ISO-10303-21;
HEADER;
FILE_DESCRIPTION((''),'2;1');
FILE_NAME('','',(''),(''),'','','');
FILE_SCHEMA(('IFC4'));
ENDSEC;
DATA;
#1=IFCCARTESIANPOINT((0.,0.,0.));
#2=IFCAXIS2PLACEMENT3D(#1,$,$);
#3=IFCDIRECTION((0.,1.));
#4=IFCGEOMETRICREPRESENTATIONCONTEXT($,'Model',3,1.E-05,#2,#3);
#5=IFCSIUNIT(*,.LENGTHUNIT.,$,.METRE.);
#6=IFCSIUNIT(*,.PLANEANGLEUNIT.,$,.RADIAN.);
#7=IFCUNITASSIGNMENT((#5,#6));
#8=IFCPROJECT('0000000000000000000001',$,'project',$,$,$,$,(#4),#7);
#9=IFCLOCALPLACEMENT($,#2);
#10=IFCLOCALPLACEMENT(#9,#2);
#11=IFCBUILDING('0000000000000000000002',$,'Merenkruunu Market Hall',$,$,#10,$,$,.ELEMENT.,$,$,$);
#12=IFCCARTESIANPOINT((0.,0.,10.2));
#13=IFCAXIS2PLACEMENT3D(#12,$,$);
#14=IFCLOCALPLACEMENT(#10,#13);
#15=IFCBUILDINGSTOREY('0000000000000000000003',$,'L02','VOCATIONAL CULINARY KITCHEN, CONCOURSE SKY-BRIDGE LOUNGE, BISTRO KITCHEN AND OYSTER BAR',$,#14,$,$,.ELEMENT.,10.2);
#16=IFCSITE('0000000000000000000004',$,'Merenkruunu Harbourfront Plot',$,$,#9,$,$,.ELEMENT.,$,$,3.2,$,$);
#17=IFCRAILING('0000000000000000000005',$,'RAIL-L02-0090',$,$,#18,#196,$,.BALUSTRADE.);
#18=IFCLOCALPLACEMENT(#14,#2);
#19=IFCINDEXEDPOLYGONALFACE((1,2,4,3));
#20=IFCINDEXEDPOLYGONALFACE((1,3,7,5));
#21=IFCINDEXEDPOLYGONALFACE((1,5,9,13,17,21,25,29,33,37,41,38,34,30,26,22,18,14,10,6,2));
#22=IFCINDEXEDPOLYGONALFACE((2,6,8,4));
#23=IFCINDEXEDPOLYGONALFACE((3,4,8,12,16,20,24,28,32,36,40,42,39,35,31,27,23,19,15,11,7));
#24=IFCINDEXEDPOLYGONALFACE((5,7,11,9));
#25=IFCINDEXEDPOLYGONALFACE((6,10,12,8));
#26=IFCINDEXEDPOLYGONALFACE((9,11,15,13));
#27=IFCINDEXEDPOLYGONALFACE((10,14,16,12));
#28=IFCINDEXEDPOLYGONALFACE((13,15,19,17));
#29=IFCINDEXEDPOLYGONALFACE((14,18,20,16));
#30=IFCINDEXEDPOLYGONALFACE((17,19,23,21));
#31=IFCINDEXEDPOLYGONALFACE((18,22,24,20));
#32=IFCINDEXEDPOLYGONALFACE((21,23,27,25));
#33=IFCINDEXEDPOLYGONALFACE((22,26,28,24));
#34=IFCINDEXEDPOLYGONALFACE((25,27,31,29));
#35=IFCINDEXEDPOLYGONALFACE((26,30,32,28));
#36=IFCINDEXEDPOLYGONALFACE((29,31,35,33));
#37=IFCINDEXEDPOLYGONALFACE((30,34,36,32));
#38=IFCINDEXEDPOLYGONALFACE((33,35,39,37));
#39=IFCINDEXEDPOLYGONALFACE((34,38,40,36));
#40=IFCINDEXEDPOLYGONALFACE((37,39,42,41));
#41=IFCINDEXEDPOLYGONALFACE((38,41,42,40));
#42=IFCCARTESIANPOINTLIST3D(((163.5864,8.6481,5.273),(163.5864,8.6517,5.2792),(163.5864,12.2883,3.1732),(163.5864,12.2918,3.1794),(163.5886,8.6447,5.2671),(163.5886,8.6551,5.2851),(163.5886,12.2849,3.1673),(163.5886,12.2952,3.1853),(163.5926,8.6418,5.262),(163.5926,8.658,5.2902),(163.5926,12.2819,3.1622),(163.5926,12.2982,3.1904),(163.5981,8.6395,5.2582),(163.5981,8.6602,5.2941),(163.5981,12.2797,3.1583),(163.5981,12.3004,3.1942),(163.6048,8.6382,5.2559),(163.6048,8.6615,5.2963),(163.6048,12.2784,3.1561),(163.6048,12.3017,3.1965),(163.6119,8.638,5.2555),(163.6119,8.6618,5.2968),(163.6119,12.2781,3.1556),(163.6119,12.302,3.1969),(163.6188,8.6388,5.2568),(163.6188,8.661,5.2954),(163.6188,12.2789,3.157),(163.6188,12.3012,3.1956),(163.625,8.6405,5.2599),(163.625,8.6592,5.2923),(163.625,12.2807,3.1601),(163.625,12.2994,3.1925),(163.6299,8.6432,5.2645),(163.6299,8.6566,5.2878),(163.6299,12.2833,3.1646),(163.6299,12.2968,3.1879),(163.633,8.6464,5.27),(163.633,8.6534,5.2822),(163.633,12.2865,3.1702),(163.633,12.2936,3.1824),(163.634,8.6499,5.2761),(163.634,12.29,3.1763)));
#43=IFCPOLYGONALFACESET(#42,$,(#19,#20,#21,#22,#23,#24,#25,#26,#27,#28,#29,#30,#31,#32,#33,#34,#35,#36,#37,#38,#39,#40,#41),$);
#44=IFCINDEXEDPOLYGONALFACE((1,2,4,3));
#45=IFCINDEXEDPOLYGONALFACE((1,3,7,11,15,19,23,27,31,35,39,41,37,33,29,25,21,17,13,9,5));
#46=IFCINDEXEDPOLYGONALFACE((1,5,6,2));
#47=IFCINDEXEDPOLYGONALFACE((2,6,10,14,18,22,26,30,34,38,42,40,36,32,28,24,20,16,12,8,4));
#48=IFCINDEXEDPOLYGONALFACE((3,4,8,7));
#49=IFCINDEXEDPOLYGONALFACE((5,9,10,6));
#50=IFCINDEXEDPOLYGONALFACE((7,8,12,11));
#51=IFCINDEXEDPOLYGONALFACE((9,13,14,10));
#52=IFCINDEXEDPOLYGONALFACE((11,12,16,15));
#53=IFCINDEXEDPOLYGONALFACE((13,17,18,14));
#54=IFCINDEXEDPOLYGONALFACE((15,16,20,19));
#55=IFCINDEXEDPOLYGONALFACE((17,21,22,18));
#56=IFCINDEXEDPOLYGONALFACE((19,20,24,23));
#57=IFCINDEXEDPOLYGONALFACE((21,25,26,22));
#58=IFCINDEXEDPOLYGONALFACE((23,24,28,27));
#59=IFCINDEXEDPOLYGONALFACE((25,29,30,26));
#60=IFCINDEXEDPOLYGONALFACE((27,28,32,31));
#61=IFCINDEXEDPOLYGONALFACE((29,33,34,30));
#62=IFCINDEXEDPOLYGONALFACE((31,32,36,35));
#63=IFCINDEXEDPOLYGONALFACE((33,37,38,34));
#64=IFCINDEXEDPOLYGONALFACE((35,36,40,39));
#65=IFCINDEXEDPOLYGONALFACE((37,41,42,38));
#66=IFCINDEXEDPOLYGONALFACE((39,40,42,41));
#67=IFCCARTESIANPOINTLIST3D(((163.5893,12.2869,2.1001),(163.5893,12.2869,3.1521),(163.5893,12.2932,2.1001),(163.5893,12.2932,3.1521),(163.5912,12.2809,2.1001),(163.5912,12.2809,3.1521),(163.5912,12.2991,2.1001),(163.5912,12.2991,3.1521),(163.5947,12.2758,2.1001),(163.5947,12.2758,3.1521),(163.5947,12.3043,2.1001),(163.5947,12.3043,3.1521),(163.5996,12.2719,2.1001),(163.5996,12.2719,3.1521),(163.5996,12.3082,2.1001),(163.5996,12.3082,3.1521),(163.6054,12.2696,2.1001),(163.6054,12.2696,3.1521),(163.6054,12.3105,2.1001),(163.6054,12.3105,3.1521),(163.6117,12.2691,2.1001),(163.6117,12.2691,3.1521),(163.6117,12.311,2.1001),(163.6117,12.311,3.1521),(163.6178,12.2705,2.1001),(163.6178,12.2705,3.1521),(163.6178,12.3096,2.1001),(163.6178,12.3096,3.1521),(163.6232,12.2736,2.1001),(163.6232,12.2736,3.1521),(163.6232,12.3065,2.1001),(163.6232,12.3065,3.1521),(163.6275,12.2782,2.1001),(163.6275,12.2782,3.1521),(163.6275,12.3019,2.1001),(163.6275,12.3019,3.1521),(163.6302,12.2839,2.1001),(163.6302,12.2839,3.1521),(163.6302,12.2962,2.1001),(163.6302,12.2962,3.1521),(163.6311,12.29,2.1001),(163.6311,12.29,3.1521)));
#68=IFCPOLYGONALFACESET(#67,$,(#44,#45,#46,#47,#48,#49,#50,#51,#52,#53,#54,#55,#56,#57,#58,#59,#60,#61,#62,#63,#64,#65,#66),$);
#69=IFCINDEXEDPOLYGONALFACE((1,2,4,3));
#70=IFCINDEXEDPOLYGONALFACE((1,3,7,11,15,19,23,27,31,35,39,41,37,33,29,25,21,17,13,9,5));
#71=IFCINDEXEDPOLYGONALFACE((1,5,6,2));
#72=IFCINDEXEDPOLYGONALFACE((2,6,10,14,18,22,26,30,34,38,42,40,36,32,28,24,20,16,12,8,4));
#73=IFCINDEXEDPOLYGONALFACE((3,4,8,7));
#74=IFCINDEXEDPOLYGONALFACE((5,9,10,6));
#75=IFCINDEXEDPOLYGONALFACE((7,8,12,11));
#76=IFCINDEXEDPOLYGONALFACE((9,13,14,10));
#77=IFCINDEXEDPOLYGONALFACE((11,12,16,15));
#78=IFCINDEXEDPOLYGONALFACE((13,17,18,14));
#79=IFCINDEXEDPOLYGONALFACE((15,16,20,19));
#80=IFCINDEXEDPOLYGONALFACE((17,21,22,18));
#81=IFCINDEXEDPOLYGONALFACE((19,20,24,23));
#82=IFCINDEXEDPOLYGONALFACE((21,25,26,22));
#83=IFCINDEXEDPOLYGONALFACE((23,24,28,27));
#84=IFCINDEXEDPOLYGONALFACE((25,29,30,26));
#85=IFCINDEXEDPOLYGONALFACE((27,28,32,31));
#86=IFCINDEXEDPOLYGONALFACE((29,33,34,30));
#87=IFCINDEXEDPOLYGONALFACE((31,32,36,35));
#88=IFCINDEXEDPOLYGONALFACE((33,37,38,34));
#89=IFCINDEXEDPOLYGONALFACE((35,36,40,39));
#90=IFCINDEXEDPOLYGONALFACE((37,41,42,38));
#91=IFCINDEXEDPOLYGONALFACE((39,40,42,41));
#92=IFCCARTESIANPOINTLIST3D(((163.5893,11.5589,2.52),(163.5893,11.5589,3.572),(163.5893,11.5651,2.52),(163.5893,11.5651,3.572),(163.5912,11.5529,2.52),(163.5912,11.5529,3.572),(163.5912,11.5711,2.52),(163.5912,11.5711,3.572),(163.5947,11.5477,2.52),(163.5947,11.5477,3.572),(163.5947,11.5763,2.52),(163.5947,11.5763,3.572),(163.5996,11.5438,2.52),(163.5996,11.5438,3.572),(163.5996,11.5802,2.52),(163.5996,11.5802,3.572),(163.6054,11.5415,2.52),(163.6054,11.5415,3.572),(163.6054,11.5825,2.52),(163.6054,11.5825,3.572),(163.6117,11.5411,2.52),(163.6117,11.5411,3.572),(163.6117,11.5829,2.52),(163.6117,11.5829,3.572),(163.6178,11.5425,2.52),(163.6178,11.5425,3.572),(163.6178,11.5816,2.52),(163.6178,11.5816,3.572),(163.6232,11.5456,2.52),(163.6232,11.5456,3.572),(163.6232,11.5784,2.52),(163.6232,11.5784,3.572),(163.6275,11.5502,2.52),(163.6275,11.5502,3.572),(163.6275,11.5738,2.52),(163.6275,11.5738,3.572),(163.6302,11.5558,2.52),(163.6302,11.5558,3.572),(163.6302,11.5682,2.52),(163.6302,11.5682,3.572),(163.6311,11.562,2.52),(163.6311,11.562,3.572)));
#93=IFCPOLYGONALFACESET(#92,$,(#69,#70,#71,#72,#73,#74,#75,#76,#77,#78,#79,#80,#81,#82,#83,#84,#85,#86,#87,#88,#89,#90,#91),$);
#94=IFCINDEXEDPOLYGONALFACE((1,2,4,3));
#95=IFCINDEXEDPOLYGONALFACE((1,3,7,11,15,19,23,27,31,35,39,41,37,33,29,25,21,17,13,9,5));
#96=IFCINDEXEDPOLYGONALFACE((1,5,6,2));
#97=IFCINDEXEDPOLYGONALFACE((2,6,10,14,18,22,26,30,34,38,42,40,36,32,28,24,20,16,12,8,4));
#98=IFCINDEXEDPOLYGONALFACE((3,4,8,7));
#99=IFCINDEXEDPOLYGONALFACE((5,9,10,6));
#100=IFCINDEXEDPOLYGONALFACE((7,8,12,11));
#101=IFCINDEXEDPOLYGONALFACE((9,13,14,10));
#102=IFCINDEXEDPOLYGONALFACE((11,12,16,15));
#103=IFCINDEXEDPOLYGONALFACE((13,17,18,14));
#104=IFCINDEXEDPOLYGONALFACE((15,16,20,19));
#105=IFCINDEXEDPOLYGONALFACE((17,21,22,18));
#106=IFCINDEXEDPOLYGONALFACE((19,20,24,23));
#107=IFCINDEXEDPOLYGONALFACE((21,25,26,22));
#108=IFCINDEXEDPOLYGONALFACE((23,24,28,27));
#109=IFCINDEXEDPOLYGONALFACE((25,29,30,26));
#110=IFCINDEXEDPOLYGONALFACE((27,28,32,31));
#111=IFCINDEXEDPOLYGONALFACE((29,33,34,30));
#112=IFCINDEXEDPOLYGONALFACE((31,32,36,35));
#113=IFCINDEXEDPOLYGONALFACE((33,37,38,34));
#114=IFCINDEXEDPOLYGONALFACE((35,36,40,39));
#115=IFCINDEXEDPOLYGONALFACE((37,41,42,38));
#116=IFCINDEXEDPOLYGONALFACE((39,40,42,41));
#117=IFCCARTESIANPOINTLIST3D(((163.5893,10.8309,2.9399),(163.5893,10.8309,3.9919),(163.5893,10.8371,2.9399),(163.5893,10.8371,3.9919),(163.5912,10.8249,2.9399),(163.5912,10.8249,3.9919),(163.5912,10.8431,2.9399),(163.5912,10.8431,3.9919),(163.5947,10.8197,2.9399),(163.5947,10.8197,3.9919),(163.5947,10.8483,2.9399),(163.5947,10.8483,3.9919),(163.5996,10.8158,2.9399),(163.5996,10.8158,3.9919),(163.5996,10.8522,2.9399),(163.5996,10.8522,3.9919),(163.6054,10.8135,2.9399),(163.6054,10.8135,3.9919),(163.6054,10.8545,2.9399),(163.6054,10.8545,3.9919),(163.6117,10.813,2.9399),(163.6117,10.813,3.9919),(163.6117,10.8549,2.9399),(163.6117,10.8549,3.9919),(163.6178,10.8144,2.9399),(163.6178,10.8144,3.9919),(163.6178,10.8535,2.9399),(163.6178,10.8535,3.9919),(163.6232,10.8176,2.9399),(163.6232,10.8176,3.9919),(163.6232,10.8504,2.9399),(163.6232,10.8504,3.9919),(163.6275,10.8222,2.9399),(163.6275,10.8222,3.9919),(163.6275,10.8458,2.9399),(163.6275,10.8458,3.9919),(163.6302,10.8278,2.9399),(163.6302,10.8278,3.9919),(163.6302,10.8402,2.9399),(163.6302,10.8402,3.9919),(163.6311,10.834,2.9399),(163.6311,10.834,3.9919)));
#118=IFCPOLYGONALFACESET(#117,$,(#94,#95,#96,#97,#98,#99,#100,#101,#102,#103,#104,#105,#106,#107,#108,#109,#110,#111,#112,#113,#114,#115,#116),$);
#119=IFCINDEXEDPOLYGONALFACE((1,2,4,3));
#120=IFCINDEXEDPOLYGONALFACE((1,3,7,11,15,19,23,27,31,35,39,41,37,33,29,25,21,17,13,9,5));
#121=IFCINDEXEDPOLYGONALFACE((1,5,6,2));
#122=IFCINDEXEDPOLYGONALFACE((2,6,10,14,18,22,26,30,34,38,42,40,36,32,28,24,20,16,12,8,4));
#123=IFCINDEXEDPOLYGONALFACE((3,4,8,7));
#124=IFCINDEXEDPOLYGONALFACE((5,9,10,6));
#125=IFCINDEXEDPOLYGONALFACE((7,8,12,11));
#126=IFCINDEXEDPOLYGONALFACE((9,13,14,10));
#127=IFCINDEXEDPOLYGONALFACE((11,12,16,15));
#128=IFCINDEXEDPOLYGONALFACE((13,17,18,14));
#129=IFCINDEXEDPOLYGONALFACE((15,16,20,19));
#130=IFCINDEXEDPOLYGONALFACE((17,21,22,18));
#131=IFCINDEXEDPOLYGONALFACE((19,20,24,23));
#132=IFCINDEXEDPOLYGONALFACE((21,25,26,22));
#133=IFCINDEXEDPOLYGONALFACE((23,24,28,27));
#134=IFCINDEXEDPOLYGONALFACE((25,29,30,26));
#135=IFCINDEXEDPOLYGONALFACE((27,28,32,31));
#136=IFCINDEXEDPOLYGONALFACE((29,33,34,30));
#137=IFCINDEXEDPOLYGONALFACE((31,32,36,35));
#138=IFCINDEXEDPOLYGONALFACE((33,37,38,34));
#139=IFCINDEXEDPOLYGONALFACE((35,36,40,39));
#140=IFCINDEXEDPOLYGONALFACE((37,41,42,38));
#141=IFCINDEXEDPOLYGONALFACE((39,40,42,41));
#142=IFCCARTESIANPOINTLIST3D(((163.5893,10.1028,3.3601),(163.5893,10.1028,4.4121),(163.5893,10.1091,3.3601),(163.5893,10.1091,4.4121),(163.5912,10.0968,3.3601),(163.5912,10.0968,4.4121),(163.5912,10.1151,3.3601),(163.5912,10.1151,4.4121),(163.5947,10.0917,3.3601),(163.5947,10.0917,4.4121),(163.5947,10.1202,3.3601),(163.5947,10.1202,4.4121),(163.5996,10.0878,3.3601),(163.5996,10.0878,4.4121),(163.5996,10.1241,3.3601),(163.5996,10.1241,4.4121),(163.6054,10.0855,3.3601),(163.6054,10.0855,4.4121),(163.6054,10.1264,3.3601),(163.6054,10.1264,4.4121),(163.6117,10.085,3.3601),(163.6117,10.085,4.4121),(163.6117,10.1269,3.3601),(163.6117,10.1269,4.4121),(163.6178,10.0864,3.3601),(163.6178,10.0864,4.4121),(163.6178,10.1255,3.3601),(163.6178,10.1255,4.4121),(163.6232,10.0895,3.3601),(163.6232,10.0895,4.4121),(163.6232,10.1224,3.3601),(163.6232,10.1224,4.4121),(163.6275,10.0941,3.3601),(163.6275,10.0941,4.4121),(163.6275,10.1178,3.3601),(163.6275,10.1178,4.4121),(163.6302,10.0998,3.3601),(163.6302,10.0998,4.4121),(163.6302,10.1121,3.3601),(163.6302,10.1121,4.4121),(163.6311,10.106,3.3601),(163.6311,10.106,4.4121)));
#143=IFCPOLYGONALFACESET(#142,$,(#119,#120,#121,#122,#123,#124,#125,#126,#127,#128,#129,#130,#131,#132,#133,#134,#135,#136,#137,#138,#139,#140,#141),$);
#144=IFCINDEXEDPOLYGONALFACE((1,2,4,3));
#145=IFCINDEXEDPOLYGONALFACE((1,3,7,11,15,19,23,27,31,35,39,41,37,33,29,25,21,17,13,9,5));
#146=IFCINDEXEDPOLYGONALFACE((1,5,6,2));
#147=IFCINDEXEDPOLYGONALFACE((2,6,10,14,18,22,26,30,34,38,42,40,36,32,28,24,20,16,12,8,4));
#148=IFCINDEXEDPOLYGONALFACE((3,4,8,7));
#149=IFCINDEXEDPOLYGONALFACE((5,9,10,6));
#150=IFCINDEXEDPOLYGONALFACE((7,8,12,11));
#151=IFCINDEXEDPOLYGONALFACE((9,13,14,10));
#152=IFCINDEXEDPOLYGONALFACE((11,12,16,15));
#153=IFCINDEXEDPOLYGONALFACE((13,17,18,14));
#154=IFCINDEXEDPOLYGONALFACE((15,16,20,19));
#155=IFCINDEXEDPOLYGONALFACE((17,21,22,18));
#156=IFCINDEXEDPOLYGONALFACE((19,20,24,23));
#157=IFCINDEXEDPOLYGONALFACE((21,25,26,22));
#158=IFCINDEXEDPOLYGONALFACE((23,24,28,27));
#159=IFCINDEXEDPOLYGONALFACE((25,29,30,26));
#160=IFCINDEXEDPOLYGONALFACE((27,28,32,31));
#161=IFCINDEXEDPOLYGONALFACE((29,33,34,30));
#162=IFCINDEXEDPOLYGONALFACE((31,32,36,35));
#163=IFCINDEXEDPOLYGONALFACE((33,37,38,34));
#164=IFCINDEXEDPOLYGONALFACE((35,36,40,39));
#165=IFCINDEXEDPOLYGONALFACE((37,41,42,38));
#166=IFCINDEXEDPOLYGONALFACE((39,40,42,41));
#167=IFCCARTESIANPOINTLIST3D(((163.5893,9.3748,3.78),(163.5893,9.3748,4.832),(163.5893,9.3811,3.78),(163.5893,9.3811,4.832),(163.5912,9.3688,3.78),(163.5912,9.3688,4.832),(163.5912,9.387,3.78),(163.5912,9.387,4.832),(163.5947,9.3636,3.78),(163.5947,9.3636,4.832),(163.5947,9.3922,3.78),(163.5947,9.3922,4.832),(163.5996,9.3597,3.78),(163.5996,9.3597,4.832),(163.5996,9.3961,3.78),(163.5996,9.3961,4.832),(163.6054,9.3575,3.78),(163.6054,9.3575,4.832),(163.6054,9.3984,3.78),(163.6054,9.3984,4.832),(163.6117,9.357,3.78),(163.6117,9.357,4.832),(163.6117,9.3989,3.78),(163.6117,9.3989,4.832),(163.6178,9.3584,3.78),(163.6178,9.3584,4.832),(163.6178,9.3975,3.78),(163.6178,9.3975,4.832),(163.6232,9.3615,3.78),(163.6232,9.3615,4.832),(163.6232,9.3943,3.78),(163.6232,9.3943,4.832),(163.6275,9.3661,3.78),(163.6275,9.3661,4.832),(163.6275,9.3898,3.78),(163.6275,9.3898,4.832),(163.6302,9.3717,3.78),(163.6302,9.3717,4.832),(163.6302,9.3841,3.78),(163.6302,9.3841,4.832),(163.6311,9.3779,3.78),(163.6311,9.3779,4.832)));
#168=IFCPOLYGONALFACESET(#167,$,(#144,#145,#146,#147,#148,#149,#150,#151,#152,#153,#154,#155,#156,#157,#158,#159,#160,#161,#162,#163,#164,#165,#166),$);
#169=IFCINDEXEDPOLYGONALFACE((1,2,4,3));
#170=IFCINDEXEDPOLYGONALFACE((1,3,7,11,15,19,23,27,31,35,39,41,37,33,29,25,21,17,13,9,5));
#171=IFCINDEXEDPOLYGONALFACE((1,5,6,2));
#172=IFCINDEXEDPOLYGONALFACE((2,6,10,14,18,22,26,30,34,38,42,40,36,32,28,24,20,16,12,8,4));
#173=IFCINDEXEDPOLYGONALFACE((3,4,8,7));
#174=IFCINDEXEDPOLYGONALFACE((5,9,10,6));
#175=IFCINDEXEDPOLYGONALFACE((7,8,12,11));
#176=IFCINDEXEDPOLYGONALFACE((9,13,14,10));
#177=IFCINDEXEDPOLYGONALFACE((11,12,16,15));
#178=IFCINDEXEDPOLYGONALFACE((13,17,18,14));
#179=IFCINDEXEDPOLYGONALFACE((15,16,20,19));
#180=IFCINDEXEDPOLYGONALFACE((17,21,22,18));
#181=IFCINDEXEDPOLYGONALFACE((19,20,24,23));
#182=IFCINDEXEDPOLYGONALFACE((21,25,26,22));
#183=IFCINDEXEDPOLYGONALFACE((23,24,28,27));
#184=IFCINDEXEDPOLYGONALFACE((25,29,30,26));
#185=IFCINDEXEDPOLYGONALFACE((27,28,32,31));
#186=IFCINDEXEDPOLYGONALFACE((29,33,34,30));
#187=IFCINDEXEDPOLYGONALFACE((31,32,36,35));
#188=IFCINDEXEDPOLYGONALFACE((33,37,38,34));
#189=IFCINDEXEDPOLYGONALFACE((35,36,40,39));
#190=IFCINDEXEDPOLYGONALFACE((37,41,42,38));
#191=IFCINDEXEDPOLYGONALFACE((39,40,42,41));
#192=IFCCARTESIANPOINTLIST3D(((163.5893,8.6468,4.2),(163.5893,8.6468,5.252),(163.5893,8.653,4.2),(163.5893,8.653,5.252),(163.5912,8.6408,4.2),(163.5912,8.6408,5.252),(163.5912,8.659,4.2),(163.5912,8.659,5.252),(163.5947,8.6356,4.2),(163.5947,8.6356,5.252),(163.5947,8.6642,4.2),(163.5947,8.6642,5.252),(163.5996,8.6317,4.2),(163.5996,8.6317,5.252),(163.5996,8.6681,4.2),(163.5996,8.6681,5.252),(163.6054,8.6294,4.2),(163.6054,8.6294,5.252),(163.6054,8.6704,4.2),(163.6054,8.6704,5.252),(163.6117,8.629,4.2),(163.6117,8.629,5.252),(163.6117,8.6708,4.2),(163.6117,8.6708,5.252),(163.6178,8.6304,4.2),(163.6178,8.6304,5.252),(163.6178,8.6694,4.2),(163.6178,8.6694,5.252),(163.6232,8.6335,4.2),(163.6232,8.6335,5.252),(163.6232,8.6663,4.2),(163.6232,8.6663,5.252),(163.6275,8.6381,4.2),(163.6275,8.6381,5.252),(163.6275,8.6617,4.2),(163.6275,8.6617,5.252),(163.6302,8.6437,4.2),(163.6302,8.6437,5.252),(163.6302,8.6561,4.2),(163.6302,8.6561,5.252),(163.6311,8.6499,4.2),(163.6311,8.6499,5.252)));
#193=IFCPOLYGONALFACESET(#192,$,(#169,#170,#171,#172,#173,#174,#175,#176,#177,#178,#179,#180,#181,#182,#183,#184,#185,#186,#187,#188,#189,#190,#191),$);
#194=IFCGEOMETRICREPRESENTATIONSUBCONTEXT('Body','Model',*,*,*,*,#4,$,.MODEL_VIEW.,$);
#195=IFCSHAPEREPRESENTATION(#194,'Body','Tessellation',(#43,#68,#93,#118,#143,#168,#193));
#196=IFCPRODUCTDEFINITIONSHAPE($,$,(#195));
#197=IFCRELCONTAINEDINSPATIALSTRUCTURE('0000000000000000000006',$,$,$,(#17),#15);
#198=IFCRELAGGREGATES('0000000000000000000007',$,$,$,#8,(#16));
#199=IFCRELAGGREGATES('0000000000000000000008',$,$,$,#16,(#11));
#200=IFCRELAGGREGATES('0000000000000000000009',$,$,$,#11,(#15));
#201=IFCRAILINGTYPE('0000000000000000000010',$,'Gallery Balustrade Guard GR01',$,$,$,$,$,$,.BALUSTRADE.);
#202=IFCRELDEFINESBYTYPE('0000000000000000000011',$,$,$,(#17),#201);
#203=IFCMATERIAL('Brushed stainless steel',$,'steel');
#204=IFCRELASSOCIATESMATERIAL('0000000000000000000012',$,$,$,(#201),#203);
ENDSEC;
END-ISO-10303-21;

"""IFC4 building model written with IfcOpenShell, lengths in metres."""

from ifc_helpers import new_model, si_unit, direction, frame, origin, origin_2d, place, context, subcontext, project, spatial, circle, extrude, material, type_object, element, save


model = new_model("IFC4")

# Units and contexts
model_context = context("Model", 3, precision=1e-05, world=origin(), true_north=direction((0.0, 1.0)))
body_context = subcontext(model_context, "Body", "Model", "MODEL_VIEW")
ifc_project = project(units=[si_unit("LENGTHUNIT", "METRE"), si_unit("PLANEANGLEUNIT", "RADIAN")], contexts=[model_context])

# Site, building, storey
site_placement = place(None, origin())
site = spatial("IfcSite", under=ifc_project, at=site_placement, Name="Merenkruunu Harbourfront Plot", CompositionType="ELEMENT", RefElevation=3.2)
building_placement = place(site_placement, origin())
building = spatial("IfcBuilding", under=site, at=building_placement, Name="Merenkruunu Market Hall", CompositionType="ELEMENT")
storey_placement = place(building_placement, frame((0.0, 0.0, 10.2)))
storey = spatial("IfcBuildingStorey", under=building, at=storey_placement, Name="L02", Description="VOCATIONAL CULINARY KITCHEN, CONCOURSE SKY-BRIDGE LOUNGE, BISTRO KITCHEN AND OYSTER BAR", CompositionType="ELEMENT", Elevation=10.2)

# Railing
ifc_material_1 = material(Name="Brushed stainless steel", Category="steel")
railing_type_1 = type_object("IfcRailingType", Name="Gallery Balustrade Guard GR01", PredefinedType="BALUSTRADE", material=ifc_material_1)
railing_1_placement = place(storey_placement, frame((163.6101, 12.29, 2.1001)))
element("IfcRailing", 1, at=railing_1_placement, inside=storey, type_object=railing_type_1, Name="RAIL-L02-0090", PredefinedType="BALUSTRADE", context=body_context, shape_type="SweptSolid", body=[
    extrude(circle(Radius=0.0239, at=origin_2d()), frame((0.0, 0.0, 1.0762), z_axis=(0.0, -0.866209, 0.499682), x_axis=(1.0, 0.0, 0.0)), (0.0, 0.0, 1.0), 4.2024),
    extrude(circle(Radius=0.021, at=origin_2d()), origin(), (0.0, 0.0, 1.0), 1.052),
    extrude(circle(Radius=0.021, at=origin_2d()), frame((0.0, -0.728, 0.4199)), (0.0, 0.0, 1.0), 1.052),
    extrude(circle(Radius=0.021, at=origin_2d()), frame((0.0, -1.4561, 0.8398)), (0.0, 0.0, 1.0), 1.052),
    extrude(circle(Radius=0.021, at=origin_2d()), frame((0.0, -2.1841, 1.26)), (0.0, 0.0, 1.0), 1.052),
    extrude(circle(Radius=0.021, at=origin_2d()), frame((0.0, -2.9121, 1.6799)), (0.0, 0.0, 1.0), 1.052),
    extrude(circle(Radius=0.021, at=origin_2d()), frame((0.0, -3.6401, 2.0999)), (0.0, 0.0, 1.0), 1.052),
])

save(model, "model.ifc")
